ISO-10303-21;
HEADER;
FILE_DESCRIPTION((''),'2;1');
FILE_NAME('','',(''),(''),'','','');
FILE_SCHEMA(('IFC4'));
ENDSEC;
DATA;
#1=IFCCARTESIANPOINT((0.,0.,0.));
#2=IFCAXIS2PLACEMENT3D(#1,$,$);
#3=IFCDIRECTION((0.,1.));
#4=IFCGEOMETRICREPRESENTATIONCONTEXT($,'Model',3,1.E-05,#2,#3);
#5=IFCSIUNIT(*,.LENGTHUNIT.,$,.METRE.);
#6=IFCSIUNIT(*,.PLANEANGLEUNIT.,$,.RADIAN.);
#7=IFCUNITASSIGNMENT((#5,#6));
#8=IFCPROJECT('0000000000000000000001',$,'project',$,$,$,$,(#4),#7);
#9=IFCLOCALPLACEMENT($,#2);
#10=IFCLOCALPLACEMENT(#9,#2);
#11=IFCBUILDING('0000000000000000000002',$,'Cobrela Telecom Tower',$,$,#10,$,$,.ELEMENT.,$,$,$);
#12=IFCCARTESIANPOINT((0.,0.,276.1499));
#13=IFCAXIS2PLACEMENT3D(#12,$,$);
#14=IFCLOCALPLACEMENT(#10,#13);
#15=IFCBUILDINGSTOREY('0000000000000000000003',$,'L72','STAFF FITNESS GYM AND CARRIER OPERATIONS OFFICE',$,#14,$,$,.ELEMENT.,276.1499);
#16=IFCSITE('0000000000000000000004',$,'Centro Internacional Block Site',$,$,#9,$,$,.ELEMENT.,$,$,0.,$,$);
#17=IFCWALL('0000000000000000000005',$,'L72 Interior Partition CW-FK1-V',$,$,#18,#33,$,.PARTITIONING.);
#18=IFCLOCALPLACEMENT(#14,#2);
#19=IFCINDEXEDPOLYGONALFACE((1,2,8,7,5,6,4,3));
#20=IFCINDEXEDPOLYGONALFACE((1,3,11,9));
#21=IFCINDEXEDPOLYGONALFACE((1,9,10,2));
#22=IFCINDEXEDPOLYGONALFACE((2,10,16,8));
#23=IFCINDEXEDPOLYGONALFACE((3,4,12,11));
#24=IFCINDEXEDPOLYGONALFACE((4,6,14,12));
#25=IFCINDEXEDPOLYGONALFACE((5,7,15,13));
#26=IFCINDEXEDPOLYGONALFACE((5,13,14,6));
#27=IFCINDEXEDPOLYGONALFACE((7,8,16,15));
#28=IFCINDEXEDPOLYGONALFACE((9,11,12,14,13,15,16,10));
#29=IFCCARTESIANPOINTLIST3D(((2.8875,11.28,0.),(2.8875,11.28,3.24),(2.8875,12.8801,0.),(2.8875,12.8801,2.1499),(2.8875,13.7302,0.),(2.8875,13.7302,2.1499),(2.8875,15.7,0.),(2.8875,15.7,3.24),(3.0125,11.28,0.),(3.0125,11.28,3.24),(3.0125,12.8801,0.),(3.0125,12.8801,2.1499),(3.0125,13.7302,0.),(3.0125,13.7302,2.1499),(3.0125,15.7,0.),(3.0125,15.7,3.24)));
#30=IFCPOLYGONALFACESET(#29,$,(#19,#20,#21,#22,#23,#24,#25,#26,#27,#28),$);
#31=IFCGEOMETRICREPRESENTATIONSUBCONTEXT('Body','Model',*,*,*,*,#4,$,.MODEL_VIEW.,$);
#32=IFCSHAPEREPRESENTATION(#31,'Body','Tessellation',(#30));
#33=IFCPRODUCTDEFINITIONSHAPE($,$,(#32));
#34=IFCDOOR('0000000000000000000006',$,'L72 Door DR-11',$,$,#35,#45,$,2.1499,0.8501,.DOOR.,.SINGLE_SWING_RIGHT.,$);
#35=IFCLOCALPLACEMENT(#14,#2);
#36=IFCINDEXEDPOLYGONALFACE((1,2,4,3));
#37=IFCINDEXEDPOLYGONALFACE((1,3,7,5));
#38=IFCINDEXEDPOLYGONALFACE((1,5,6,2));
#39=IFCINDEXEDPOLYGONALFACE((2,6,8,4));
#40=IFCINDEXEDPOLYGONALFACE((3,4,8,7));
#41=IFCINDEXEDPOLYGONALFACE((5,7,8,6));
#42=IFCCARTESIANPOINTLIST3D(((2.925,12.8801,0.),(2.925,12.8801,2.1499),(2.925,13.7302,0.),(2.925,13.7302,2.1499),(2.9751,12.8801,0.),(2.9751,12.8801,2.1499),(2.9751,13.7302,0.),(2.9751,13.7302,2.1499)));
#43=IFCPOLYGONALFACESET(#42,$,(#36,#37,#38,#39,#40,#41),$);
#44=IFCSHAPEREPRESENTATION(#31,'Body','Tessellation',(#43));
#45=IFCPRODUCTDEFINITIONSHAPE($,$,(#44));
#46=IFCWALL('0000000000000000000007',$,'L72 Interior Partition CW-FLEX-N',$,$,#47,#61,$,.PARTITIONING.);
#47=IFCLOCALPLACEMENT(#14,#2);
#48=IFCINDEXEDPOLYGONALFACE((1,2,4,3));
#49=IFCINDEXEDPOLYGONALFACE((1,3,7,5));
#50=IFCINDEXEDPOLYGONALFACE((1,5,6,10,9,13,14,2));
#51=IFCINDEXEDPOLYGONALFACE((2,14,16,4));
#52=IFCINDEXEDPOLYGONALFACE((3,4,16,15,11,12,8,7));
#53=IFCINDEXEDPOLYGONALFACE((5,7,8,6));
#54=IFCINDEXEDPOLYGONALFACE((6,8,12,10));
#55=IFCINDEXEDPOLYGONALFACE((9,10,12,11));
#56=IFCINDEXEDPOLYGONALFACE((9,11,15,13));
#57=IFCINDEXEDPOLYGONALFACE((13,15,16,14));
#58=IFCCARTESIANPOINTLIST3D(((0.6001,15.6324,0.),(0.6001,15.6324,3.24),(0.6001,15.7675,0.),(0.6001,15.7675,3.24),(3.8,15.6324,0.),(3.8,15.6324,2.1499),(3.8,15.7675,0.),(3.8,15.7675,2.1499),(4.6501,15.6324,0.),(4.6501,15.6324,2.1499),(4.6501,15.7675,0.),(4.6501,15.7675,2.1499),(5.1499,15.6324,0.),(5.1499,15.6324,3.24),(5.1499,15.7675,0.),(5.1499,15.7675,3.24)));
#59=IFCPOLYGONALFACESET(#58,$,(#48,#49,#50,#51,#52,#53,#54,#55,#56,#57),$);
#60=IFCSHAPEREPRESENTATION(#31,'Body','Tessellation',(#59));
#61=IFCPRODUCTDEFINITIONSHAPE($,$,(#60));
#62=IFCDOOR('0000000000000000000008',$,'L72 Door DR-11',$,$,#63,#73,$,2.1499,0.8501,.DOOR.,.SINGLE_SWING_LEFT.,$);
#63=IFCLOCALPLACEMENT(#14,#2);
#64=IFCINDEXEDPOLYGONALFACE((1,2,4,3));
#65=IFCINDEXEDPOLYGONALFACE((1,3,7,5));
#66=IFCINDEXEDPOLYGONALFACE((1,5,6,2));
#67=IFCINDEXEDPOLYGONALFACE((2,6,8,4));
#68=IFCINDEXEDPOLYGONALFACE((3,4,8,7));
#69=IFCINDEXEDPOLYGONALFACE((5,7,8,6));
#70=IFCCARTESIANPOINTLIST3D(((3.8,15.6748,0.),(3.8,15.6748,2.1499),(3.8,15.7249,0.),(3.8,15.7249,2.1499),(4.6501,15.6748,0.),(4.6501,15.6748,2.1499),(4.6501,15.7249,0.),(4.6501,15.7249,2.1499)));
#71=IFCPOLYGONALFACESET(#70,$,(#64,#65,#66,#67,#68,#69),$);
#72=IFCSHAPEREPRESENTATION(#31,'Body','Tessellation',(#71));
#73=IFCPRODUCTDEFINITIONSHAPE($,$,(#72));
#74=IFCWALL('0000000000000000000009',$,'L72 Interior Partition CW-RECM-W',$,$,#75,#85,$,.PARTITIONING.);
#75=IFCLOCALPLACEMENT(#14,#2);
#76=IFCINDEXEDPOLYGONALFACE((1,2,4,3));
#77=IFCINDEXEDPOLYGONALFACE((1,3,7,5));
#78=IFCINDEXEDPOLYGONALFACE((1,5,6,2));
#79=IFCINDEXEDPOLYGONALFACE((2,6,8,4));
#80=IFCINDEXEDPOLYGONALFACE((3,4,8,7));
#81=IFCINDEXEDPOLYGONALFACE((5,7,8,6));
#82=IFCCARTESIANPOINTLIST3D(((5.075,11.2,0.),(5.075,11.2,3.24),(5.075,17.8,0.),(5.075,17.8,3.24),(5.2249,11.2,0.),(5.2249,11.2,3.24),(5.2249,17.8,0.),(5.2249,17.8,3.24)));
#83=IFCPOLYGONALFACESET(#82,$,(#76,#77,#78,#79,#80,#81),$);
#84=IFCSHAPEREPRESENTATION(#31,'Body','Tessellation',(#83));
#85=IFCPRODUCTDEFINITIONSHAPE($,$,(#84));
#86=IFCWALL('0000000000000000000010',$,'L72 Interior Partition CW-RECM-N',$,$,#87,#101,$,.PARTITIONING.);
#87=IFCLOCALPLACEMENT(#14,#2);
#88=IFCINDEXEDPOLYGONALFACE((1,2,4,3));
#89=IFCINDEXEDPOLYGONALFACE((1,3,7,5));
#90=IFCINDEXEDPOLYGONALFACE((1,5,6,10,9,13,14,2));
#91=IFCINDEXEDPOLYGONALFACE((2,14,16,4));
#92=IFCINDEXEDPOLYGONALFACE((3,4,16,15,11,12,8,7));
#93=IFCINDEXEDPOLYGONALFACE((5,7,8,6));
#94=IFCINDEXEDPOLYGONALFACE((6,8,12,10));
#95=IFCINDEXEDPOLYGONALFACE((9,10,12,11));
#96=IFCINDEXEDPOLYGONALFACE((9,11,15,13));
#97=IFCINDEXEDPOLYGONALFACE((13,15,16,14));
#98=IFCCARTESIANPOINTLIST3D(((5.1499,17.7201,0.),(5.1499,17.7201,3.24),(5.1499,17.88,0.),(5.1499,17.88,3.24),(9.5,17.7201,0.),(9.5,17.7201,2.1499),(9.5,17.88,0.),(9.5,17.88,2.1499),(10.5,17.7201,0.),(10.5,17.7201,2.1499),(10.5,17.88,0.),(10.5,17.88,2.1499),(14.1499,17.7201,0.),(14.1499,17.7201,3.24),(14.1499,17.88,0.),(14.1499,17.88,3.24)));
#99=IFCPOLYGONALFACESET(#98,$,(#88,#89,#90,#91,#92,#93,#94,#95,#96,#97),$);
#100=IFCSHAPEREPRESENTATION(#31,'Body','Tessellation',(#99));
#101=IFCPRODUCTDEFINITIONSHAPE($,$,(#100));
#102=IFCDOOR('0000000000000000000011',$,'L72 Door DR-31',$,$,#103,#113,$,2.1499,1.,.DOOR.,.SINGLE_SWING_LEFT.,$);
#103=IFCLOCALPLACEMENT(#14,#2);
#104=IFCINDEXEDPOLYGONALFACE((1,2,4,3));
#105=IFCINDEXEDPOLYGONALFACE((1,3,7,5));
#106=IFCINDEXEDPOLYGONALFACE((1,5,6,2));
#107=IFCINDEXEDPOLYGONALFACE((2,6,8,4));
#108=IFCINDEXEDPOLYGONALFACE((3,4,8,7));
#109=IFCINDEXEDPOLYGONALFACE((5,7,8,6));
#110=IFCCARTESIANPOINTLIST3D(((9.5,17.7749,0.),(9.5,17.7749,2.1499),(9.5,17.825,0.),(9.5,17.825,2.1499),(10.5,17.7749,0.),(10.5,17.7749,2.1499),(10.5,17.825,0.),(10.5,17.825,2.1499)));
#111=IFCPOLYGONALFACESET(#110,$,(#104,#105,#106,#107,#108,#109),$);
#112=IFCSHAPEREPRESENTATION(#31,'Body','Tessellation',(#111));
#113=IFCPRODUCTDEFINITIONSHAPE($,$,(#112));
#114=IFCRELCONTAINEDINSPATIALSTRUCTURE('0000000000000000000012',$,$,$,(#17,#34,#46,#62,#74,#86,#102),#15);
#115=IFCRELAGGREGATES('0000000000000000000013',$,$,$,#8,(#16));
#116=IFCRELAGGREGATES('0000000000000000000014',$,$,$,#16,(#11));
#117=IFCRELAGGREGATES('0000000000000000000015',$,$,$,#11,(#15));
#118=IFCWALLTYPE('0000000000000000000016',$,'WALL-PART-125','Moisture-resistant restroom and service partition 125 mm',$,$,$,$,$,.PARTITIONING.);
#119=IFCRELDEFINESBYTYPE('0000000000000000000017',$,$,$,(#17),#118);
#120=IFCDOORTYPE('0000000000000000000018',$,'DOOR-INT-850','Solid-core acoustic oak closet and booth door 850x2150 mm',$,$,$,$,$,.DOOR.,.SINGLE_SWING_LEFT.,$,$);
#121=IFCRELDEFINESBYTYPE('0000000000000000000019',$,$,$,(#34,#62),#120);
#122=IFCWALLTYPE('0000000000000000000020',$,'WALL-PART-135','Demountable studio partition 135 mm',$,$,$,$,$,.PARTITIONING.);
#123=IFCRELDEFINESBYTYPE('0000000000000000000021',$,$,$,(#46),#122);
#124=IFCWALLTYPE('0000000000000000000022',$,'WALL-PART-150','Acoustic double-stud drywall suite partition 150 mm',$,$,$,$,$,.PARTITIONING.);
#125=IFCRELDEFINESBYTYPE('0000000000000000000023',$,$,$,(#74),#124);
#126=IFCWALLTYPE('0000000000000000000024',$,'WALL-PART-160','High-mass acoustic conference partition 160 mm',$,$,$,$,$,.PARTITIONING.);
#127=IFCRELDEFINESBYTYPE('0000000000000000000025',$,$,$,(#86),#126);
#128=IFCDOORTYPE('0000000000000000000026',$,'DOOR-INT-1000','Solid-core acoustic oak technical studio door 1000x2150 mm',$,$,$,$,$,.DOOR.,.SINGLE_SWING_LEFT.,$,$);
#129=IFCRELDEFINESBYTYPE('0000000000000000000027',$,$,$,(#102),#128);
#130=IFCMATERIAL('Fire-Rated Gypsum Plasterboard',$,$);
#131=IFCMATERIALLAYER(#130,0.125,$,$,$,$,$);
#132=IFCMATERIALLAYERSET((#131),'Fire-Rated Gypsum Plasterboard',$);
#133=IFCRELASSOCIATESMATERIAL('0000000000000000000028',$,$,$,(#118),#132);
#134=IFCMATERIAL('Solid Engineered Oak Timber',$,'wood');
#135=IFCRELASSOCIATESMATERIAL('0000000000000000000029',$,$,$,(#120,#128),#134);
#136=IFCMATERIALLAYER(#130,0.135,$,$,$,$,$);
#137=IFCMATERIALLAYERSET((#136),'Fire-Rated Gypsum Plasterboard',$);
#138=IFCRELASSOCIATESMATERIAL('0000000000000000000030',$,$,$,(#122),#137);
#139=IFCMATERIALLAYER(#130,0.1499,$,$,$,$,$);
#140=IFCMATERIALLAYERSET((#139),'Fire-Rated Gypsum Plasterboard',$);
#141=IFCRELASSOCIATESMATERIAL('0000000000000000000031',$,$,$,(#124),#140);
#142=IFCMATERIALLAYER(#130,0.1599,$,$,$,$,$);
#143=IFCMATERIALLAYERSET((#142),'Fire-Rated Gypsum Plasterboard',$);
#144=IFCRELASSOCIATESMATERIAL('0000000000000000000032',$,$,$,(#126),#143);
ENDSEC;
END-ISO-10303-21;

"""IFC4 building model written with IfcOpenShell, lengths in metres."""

from ifc_helpers import new_model, si_unit, direction, frame, frame_2d, origin, place, context, subcontext, project, spatial, rectangle, extrude, material, layer, layer_set, type_object, element, fill, save


model = new_model("IFC4")

# Units and contexts
model_context = context("Model", 3, precision=1e-05, world=origin(), true_north=direction((0.0, 1.0)))
body_context = subcontext(model_context, "Body", "Model", "MODEL_VIEW")
ifc_project = project(units=[si_unit("LENGTHUNIT", "METRE"), si_unit("PLANEANGLEUNIT", "RADIAN")], contexts=[model_context])

# Site, building, storey
site_placement = place(None, origin())
site = spatial("IfcSite", under=ifc_project, at=site_placement, Name="Centro Internacional Block Site", CompositionType="ELEMENT", RefElevation=0.0)
building_placement = place(site_placement, origin())
building = spatial("IfcBuilding", under=site, at=building_placement, Name="Cobrela Telecom Tower", CompositionType="ELEMENT")
storey_placement = place(building_placement, frame((0.0, 0.0, 276.1499)))
storey = spatial("IfcBuildingStorey", under=building, at=storey_placement, Name="L72", Description="STAFF FITNESS GYM AND CARRIER OPERATIONS OFFICE", CompositionType="ELEMENT", Elevation=276.1499)

# Walls, openings, doors
ifc_material_1 = material(Name="Fire-Rated Gypsum Plasterboard")
ifc_layer_1 = layer(ifc_material_1, 0.125)
ifc_layer_set_1 = layer_set([ifc_layer_1], Name="Fire-Rated Gypsum Plasterboard")
wall_type_1 = type_object("IfcWallType", Name="WALL-PART-125", Description="Moisture-resistant restroom and service partition 125 mm", PredefinedType="PARTITIONING", material=ifc_layer_set_1)
wall_1_placement = place(storey_placement, frame((2.95, 11.28, 0.0), z_axis=(0.0, 0.0, 1.0), x_axis=(0.0, 1.0, 0.0)))
wall_1 = element("IfcWall", 1, at=wall_1_placement, inside=storey, type_object=wall_type_1, Name="L72 Interior Partition CW-FK1-V", PredefinedType="PARTITIONING", context=body_context, shape_type="SweptSolid", body=[
    extrude(rectangle(XDim=4.4199, YDim=0.125, at=frame_2d((2.21, 0.0))), origin(), (0.0, 0.0, 1.0), 3.24),
])
opening_1_placement = place(wall_1_placement, frame((1.6001, 0.0, 0.0)))
opening_1 = element("IfcOpeningElement", 2, at=opening_1_placement, cuts=wall_1, PredefinedType="OPENING", context=body_context, shape_type="SweptSolid", body=[
    extrude(rectangle(XDim=0.8501, YDim=2.1499, at=frame_2d((0.425, 1.075))), frame((0.0, 0.0745, 0.0), z_axis=(0.0, -1.0, 0.0), x_axis=(1.0, 0.0, 0.0)), (0.0, 0.0, 1.0), 0.1489),
])
ifc_material_2 = material(Name="Solid Engineered Oak Timber", Category="wood")
door_type_1 = type_object("IfcDoorType", Name="DOOR-INT-850", Description="Solid-core acoustic oak closet and booth door 850x2150 mm", OperationType="SINGLE_SWING_LEFT", PredefinedType="DOOR", material=ifc_material_2)
door_1_placement = place(opening_1_placement, origin())
door_1 = element("IfcDoor", 3, at=door_1_placement, inside=storey, type_object=door_type_1, Name="L72 Door DR-11", OperationType="SINGLE_SWING_RIGHT", OverallHeight=2.1499, OverallWidth=0.8501, PredefinedType="DOOR", context=body_context, shape_type="SweptSolid", body=[
    extrude(rectangle(XDim=0.8501, YDim=2.1499, at=frame_2d((0.425, 1.075))), frame((0.0, 0.0249, 0.0), z_axis=(0.0, -1.0, 0.0), x_axis=(1.0, 0.0, 0.0)), (0.0, 0.0, 1.0), 0.05),
])
fill(opening_1, door_1)
ifc_layer_2 = layer(ifc_material_1, 0.135)
ifc_layer_set_2 = layer_set([ifc_layer_2], Name="Fire-Rated Gypsum Plasterboard")
wall_type_2 = type_object("IfcWallType", Name="WALL-PART-135", Description="Demountable studio partition 135 mm", PredefinedType="PARTITIONING", material=ifc_layer_set_2)
wall_2_placement = place(storey_placement, frame((0.6001, 15.7, 0.0), z_axis=(0.0, 0.0, 1.0), x_axis=(1.0, 0.0, 0.0)))
wall_2 = element("IfcWall", 4, at=wall_2_placement, inside=storey, type_object=wall_type_2, Name="L72 Interior Partition CW-FLEX-N", PredefinedType="PARTITIONING", context=body_context, shape_type="SweptSolid", body=[
    extrude(rectangle(XDim=4.5498, YDim=0.135, at=frame_2d((2.2749, 0.0))), origin(), (0.0, 0.0, 1.0), 3.24),
])
opening_2_placement = place(wall_2_placement, frame((3.2, 0.0, 0.0)))
opening_2 = element("IfcOpeningElement", 5, at=opening_2_placement, cuts=wall_2, PredefinedType="OPENING", context=body_context, shape_type="SweptSolid", body=[
    extrude(rectangle(XDim=0.8501, YDim=2.1499, at=frame_2d((0.425, 1.075))), frame((0.0, 0.0796, 0.0), z_axis=(0.0, -1.0, 0.0), x_axis=(1.0, 0.0, 0.0)), (0.0, 0.0, 1.0), 0.1589),
])
door_2_placement = place(opening_2_placement, origin())
door_2 = element("IfcDoor", 6, at=door_2_placement, inside=storey, type_object=door_type_1, Name="L72 Door DR-11", OperationType="SINGLE_SWING_LEFT", OverallHeight=2.1499, OverallWidth=0.8501, PredefinedType="DOOR", context=body_context, shape_type="SweptSolid", body=[
    extrude(rectangle(XDim=0.8501, YDim=2.1499, at=frame_2d((0.425, 1.075))), frame((0.0, 0.0249, 0.0), z_axis=(0.0, -1.0, 0.0), x_axis=(1.0, 0.0, 0.0)), (0.0, 0.0, 1.0), 0.05),
])
fill(opening_2, door_2)

# Wall
ifc_layer_3 = layer(ifc_material_1, 0.1499)
ifc_layer_set_3 = layer_set([ifc_layer_3], Name="Fire-Rated Gypsum Plasterboard")
wall_type_3 = type_object("IfcWallType", Name="WALL-PART-150", Description="Acoustic double-stud drywall suite partition 150 mm", PredefinedType="PARTITIONING", material=ifc_layer_set_3)
wall_3_placement = place(storey_placement, frame((5.1499, 11.2, 0.0), z_axis=(0.0, 0.0, 1.0), x_axis=(0.0, 1.0, 0.0)))
element("IfcWall", 7, at=wall_3_placement, inside=storey, type_object=wall_type_3, Name="L72 Interior Partition CW-RECM-W", PredefinedType="PARTITIONING", context=body_context, shape_type="SweptSolid", body=[
    extrude(rectangle(XDim=6.6001, YDim=0.1499, at=frame_2d((3.3, 0.0))), origin(), (0.0, 0.0, 1.0), 3.24),
])

# Wall, opening, door
ifc_layer_4 = layer(ifc_material_1, 0.1599)
ifc_layer_set_4 = layer_set([ifc_layer_4], Name="Fire-Rated Gypsum Plasterboard")
wall_type_4 = type_object("IfcWallType", Name="WALL-PART-160", Description="High-mass acoustic conference partition 160 mm", PredefinedType="PARTITIONING", material=ifc_layer_set_4)
wall_4_placement = place(storey_placement, frame((5.1499, 17.8, 0.0), z_axis=(0.0, 0.0, 1.0), x_axis=(1.0, 0.0, 0.0)))
wall_4 = element("IfcWall", 8, at=wall_4_placement, inside=storey, type_object=wall_type_4, Name="L72 Interior Partition CW-RECM-N", PredefinedType="PARTITIONING", context=body_context, shape_type="SweptSolid", body=[
    extrude(rectangle(XDim=9.0, YDim=0.1599, at=frame_2d((4.5, 0.0))), origin(), (0.0, 0.0, 1.0), 3.24),
])
opening_3_placement = place(wall_4_placement, frame((4.3501, 0.0, 0.0)))
opening_3 = element("IfcOpeningElement", 9, at=opening_3_placement, cuts=wall_4, PredefinedType="OPENING", context=body_context, shape_type="SweptSolid", body=[
    extrude(rectangle(XDim=1.0, YDim=2.1499, at=frame_2d((0.5, 1.075))), frame((0.0, 0.0918, 0.0), z_axis=(0.0, -1.0, 0.0), x_axis=(1.0, 0.0, 0.0)), (0.0, 0.0, 1.0), 0.1838),
])
door_type_2 = type_object("IfcDoorType", Name="DOOR-INT-1000", Description="Solid-core acoustic oak technical studio door 1000x2150 mm", OperationType="SINGLE_SWING_LEFT", PredefinedType="DOOR", material=ifc_material_2)
door_3_placement = place(opening_3_placement, origin())
door_3 = element("IfcDoor", 10, at=door_3_placement, inside=storey, type_object=door_type_2, Name="L72 Door DR-31", OperationType="SINGLE_SWING_LEFT", OverallHeight=2.1499, OverallWidth=1.0, PredefinedType="DOOR", context=body_context, shape_type="SweptSolid", body=[
    extrude(rectangle(XDim=1.0, YDim=2.1499, at=frame_2d((0.5, 1.075))), frame((0.0, 0.0249, 0.0), z_axis=(0.0, -1.0, 0.0), x_axis=(1.0, 0.0, 0.0)), (0.0, 0.0, 1.0), 0.05),
])
fill(opening_3, door_3)

save(model, "model.ifc")
